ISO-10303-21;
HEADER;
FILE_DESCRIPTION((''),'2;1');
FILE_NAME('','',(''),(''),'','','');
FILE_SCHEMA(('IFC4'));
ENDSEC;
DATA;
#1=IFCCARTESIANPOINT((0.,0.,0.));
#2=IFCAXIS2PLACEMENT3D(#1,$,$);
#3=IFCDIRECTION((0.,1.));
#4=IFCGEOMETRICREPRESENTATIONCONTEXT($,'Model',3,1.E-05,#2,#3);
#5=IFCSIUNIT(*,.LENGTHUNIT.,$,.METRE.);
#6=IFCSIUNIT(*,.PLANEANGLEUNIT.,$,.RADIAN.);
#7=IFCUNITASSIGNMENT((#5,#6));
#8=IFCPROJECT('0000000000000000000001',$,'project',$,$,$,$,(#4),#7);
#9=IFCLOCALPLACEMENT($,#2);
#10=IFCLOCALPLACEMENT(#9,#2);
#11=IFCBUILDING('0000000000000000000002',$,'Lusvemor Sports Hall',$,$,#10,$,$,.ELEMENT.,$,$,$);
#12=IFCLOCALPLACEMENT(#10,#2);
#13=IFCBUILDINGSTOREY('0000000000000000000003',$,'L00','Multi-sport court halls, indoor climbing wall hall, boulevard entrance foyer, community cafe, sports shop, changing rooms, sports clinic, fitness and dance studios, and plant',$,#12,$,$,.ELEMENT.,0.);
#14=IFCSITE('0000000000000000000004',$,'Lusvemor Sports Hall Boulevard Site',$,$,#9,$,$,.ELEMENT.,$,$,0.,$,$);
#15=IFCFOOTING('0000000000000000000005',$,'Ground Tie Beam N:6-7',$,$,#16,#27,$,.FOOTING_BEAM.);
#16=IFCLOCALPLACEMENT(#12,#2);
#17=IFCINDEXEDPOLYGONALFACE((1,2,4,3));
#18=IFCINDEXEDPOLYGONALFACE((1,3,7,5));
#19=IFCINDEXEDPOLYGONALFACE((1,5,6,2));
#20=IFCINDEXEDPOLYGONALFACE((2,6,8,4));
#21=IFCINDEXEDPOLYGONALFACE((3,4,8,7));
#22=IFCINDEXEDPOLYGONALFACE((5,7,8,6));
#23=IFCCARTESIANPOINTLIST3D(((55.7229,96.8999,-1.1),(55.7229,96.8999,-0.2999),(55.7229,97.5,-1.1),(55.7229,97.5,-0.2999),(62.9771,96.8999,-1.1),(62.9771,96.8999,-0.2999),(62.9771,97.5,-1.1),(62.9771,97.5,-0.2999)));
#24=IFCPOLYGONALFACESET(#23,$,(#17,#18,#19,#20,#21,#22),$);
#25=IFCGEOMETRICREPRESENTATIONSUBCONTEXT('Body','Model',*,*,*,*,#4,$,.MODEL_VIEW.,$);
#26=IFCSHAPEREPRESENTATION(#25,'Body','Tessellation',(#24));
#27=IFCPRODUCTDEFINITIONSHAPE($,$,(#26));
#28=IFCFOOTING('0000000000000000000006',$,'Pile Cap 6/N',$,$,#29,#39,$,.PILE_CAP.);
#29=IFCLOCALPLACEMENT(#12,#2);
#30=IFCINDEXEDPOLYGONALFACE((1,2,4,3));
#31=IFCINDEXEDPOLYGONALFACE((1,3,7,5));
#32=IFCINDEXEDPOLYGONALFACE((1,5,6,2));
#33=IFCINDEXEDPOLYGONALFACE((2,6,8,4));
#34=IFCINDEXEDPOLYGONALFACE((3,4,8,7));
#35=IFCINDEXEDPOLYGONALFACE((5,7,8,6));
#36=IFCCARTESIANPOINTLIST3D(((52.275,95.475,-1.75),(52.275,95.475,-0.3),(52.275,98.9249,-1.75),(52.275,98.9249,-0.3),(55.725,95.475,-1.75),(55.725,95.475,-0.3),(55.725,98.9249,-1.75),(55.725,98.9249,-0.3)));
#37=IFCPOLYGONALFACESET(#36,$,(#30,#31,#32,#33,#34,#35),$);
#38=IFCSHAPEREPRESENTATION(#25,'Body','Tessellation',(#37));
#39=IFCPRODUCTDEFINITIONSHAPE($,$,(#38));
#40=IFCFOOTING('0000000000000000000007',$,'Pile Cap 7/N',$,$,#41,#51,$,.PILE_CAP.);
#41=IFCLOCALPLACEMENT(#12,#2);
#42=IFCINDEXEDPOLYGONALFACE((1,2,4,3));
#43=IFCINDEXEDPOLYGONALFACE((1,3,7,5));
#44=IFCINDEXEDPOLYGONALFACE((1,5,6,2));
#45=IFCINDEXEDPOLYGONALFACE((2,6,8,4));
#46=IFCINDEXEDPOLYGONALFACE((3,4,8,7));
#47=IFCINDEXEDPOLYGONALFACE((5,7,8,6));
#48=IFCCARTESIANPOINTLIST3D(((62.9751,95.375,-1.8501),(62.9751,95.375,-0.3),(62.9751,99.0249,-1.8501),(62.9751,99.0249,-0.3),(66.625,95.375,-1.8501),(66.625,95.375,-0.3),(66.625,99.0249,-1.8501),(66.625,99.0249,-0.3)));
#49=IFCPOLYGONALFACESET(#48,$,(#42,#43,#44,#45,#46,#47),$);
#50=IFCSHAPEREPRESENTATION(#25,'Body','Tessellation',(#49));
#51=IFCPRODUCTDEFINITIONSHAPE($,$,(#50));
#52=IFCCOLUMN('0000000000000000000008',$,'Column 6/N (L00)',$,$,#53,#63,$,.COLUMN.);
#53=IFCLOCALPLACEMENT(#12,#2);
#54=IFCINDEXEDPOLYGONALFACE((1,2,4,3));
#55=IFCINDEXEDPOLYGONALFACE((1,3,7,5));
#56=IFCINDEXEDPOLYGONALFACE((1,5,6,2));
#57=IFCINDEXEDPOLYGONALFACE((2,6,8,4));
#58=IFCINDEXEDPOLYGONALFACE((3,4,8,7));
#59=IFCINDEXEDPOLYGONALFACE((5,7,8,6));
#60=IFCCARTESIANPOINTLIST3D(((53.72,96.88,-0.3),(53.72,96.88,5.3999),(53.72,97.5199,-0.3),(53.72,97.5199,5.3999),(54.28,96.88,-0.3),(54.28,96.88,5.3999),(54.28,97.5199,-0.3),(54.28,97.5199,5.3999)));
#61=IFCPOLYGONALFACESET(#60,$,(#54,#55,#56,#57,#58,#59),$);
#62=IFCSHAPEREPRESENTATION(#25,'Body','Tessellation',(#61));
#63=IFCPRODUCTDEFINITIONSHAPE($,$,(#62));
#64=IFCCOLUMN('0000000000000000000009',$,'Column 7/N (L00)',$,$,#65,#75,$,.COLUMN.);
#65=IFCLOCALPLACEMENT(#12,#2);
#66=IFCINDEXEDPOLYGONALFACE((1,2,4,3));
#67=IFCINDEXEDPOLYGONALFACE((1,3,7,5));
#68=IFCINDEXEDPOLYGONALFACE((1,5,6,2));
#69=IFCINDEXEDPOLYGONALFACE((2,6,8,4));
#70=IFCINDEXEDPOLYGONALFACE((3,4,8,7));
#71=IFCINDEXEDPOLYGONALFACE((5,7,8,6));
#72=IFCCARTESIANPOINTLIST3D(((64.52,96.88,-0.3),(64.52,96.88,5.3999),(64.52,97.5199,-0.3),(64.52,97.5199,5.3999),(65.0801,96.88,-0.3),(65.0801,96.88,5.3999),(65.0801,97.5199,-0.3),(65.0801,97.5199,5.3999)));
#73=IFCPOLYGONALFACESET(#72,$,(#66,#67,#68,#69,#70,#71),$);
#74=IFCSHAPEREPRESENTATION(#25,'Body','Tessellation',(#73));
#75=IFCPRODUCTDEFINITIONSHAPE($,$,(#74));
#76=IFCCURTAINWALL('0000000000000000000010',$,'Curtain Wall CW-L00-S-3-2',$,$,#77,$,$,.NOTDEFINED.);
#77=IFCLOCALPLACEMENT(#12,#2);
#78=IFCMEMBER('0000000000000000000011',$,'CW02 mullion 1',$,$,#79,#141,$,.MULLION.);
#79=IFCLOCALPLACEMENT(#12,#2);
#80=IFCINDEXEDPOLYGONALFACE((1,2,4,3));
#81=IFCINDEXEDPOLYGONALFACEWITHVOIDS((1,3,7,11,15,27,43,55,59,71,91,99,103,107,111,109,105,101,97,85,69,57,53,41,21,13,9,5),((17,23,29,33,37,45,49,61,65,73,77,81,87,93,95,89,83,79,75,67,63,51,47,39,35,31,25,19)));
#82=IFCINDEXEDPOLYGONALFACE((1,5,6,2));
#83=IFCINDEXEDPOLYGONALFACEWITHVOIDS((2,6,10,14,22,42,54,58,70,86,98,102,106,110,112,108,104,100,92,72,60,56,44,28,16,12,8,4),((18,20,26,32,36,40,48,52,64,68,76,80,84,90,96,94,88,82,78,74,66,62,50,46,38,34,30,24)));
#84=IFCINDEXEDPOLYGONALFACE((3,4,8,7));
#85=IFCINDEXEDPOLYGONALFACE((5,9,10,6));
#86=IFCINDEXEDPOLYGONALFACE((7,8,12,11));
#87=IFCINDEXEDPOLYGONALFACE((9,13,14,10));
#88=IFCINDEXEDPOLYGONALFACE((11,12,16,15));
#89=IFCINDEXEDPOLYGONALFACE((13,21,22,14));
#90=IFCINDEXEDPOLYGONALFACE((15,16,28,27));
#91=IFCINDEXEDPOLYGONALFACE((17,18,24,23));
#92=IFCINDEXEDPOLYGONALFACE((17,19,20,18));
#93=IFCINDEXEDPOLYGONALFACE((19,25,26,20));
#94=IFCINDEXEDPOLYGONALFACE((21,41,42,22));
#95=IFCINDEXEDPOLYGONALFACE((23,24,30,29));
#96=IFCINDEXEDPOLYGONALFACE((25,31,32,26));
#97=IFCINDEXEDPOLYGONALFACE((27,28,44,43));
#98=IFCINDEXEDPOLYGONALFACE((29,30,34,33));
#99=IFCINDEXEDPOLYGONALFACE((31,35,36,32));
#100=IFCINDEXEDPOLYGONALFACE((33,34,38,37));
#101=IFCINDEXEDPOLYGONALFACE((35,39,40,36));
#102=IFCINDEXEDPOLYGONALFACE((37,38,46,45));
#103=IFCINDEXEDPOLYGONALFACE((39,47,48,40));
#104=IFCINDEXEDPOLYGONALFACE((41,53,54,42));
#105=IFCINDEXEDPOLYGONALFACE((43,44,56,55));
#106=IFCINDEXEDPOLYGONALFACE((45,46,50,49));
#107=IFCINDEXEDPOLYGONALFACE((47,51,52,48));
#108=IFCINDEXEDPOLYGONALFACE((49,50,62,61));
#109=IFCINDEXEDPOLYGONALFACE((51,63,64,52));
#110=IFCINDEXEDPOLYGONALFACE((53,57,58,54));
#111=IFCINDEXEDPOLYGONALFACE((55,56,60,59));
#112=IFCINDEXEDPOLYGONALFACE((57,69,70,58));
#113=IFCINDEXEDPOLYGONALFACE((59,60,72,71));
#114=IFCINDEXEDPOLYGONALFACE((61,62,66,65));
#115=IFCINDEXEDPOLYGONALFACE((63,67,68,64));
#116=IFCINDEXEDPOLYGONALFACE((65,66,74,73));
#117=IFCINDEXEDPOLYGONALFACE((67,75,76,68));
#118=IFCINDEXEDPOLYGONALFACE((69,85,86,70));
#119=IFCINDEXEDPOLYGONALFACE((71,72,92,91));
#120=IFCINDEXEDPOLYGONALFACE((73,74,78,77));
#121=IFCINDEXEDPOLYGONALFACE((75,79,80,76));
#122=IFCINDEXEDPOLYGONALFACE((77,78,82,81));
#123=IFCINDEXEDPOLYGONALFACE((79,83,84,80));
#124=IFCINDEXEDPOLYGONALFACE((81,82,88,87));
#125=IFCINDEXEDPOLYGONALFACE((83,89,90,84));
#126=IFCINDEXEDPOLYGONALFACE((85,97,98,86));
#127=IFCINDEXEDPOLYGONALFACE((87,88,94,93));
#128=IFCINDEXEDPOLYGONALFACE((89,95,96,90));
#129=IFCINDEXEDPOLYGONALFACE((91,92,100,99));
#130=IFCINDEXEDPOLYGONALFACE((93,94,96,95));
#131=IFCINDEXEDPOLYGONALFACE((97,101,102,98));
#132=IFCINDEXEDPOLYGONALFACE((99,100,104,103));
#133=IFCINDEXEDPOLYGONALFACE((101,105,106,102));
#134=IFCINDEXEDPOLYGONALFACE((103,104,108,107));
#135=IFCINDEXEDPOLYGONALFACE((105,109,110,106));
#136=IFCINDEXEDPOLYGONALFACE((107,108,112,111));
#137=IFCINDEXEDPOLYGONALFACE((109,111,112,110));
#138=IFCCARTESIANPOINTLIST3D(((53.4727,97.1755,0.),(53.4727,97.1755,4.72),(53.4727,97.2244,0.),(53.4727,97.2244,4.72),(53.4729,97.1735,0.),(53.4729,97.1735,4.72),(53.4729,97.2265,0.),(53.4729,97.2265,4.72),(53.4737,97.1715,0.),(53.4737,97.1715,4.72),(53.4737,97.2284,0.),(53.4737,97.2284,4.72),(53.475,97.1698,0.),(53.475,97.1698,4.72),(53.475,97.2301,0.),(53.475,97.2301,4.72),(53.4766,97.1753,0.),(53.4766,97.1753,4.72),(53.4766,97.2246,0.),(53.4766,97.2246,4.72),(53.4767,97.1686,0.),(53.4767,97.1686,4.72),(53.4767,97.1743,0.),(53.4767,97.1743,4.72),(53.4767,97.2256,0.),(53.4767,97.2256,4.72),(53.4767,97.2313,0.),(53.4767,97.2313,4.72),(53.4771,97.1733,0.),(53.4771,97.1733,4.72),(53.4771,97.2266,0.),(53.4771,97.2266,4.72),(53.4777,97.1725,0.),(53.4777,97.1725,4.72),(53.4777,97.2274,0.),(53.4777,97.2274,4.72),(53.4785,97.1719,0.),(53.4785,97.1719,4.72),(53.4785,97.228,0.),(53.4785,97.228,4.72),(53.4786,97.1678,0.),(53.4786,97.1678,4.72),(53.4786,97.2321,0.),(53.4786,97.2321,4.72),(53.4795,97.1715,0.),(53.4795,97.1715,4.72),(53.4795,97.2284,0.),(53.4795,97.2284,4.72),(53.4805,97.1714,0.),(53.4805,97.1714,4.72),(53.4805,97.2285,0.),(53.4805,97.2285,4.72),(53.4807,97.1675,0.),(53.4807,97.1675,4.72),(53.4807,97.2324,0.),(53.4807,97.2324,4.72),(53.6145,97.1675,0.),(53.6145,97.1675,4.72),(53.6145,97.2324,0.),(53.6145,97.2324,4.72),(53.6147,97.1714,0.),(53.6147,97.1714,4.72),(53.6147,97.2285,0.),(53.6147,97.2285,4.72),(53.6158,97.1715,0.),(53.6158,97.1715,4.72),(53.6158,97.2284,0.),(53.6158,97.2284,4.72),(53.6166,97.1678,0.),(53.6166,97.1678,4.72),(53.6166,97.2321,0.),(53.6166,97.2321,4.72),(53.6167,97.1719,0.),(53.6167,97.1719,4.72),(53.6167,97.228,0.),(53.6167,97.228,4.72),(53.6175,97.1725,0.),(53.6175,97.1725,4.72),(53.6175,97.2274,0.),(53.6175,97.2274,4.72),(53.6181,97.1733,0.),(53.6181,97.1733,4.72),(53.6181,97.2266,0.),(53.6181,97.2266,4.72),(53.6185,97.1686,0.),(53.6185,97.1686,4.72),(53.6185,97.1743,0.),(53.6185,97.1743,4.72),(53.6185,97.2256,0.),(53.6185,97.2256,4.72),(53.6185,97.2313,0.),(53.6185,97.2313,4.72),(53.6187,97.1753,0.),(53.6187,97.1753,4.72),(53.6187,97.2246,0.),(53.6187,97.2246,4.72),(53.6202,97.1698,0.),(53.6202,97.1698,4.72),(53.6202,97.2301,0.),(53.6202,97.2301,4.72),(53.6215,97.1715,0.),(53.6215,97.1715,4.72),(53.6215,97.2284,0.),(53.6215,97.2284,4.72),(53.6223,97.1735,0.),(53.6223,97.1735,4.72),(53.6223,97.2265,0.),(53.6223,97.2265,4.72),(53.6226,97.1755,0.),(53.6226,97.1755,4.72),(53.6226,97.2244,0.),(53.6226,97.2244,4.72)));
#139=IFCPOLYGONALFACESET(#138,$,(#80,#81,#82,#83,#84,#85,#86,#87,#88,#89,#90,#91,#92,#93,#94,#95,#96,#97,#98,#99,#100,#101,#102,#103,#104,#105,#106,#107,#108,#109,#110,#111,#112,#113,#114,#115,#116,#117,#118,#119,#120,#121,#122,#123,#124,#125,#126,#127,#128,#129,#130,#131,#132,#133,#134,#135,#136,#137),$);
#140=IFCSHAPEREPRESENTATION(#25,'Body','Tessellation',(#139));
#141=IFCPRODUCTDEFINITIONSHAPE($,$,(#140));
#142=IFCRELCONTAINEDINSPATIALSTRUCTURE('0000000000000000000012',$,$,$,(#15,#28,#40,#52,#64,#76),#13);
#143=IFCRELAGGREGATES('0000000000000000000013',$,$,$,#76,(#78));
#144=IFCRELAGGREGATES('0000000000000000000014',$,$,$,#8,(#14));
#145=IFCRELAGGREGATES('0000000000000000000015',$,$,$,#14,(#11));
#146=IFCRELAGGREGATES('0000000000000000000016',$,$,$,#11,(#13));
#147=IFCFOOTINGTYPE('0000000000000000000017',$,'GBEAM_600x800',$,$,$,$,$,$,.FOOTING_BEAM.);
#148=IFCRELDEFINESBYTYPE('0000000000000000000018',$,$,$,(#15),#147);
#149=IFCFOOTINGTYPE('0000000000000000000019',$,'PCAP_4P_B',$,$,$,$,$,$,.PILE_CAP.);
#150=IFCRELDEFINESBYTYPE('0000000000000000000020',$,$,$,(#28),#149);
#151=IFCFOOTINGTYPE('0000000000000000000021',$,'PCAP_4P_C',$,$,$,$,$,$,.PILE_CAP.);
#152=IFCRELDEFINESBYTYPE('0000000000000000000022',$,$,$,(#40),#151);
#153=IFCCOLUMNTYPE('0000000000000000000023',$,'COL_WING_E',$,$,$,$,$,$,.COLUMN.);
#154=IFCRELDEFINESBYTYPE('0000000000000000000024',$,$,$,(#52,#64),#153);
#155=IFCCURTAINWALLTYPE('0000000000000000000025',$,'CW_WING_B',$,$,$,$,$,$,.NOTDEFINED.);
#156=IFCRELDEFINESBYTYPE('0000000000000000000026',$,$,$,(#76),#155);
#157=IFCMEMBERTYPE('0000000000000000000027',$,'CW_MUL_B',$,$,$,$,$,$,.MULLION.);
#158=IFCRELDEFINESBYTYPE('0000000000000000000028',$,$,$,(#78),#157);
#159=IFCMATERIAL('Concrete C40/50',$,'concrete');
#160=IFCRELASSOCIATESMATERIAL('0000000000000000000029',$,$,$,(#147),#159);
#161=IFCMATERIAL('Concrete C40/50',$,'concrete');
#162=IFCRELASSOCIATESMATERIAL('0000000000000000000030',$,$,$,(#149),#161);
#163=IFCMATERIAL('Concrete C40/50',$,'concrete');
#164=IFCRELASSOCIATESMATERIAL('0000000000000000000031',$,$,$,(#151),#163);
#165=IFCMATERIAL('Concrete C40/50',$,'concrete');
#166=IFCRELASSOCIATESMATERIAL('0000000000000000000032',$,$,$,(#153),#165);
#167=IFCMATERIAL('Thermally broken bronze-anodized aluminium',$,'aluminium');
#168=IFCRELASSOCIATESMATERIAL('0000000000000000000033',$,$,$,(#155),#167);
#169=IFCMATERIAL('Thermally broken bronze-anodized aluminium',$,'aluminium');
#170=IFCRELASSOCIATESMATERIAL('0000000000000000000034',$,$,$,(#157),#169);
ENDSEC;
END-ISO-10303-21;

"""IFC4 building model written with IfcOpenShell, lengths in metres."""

from ifc_helpers import new_model, si_unit, direction, frame, origin, origin_2d, place, context, subcontext, project, spatial, rectangle, hollow_rectangle, extrude, material, material_profile, profile_set, type_object, element, aggregate, save


model = new_model("IFC4")

# Units and contexts
model_context = context("Model", 3, precision=1e-05, world=origin(), true_north=direction((0.0, 1.0)))
body_context = subcontext(model_context, "Body", "Model", "MODEL_VIEW")
ifc_project = project(units=[si_unit("LENGTHUNIT", "METRE"), si_unit("PLANEANGLEUNIT", "RADIAN")], contexts=[model_context])

# Site, building, storey
site_placement = place(None, origin())
site = spatial("IfcSite", under=ifc_project, at=site_placement, Name="Lusvemor Sports Hall Boulevard Site", CompositionType="ELEMENT", RefElevation=0.0)
building_placement = place(site_placement, origin())
building = spatial("IfcBuilding", under=site, at=building_placement, Name="Lusvemor Sports Hall", CompositionType="ELEMENT")
storey_placement = place(building_placement, origin())
storey = spatial("IfcBuildingStorey", under=building, at=storey_placement, Name="L00", Description="Multi-sport court halls, indoor climbing wall hall, boulevard entrance foyer, community cafe, sports shop, changing rooms, sports clinic, fitness and dance studios, and plant", CompositionType="ELEMENT", Elevation=0.0)

# Footings
ifc_material_1 = material(Name="Concrete C40/50", Category="concrete")
ifc_material_profile_1 = material_profile(ifc_material_1, rectangle(XDim=0.6001, YDim=0.8, at=origin_2d()), Name="GB_600x800")
ifc_profile_set_1 = profile_set([ifc_material_profile_1], Name="Concrete C40/50")
footing_type_1 = type_object("IfcFootingType", Name="GBEAM_600x800", PredefinedType="FOOTING_BEAM", material=ifc_profile_set_1)
footing_1_placement = place(storey_placement, frame((55.7229, 97.2, -0.7), z_axis=(1.0, 0.0, 0.0), x_axis=(0.0, 1.0, 0.0)))
element("IfcFooting", 1, at=footing_1_placement, inside=storey, type_object=footing_type_1, Name="Ground Tie Beam N:6-7", PredefinedType="FOOTING_BEAM", context=body_context, shape_type="SweptSolid", body=[
    extrude(rectangle(XDim=0.6001, YDim=0.8, at=origin_2d()), origin(), (0.0, 0.0, 1.0), 7.2542),
])
ifc_material_2 = material(Name="Concrete C40/50", Category="concrete")
footing_type_2 = type_object("IfcFootingType", Name="PCAP_4P_B", PredefinedType="PILE_CAP", material=ifc_material_2)
footing_2_placement = place(storey_placement, frame((54.0, 97.2, -1.75), z_axis=(0.0, 0.0, 1.0), x_axis=(1.0, 0.0, 0.0)))
element("IfcFooting", 2, at=footing_2_placement, inside=storey, type_object=footing_type_2, Name="Pile Cap 6/N", PredefinedType="PILE_CAP", context=body_context, shape_type="SweptSolid", body=[
    extrude(rectangle(XDim=3.45, YDim=3.45, at=origin_2d()), origin(), (0.0, 0.0, 1.0), 1.45),
])
ifc_material_3 = material(Name="Concrete C40/50", Category="concrete")
footing_type_3 = type_object("IfcFootingType", Name="PCAP_4P_C", PredefinedType="PILE_CAP", material=ifc_material_3)
footing_3_placement = place(storey_placement, frame((64.8, 97.2, -1.8501), z_axis=(0.0, 0.0, 1.0), x_axis=(1.0, 0.0, 0.0)))
element("IfcFooting", 3, at=footing_3_placement, inside=storey, type_object=footing_type_3, Name="Pile Cap 7/N", PredefinedType="PILE_CAP", context=body_context, shape_type="SweptSolid", body=[
    extrude(rectangle(XDim=3.6499, YDim=3.6499, at=origin_2d()), origin(), (0.0, 0.0, 1.0), 1.55),
])

# Columns
ifc_material_4 = material(Name="Concrete C40/50", Category="concrete")
ifc_material_profile_2 = material_profile(ifc_material_4, rectangle(XDim=0.5601, YDim=0.6399, at=origin_2d()), Name="RC560x640")
ifc_profile_set_2 = profile_set([ifc_material_profile_2], Name="Concrete C40/50")
column_type = type_object("IfcColumnType", Name="COL_WING_E", PredefinedType="COLUMN", material=ifc_profile_set_2)
for number, where, z_axis, x_axis, name in (
    (4, (54.0, 97.2, -0.3), (0.0, 0.0, 1.0), (1.0, 0.0, 0.0), "Column 6/N (L00)"),
    (5, (64.8, 97.2, -0.3), (0.0, 0.0, 1.0), (1.0, 0.0, 0.0), "Column 7/N (L00)"),
):
    element("IfcColumn", number, at=place(storey_placement, frame(where, z_axis=z_axis, x_axis=x_axis)), inside=storey, type_object=column_type, Name=name, PredefinedType="COLUMN", context=body_context, shape_type="SweptSolid", body=[
        extrude(rectangle(XDim=0.5601, YDim=0.6399, at=origin_2d()), origin(), (0.0, 0.0, 1.0), 5.7),
    ])

# Curtain wall, member
ifc_material_5 = material(Name="Thermally broken bronze-anodized aluminium", Category="aluminium")
curtain_wall_type = type_object("IfcCurtainWallType", Name="CW_WING_B", PredefinedType="NOTDEFINED", material=ifc_material_5)
curtain_wall_1_placement = place(storey_placement, origin())
curtain_wall_1 = element("IfcCurtainWall", 6, at=curtain_wall_1_placement, inside=storey, type_object=curtain_wall_type, Name="Curtain Wall CW-L00-S-3-2", PredefinedType="NOTDEFINED")
ifc_material_6 = material(Name="Thermally broken bronze-anodized aluminium", Category="aluminium")
ifc_material_profile_3 = material_profile(ifc_material_6, hollow_rectangle(XDim=0.0649, YDim=0.1499, WallThickness=0.0039, InnerFilletRadius=0.0039, OuterFilletRadius=0.0081, at=origin_2d()), Name="CWMUL150x65x4")
ifc_profile_set_3 = profile_set([ifc_material_profile_3], Name="Thermally broken bronze-anodized aluminium")
member_type_1 = type_object("IfcMemberType", Name="CW_MUL_B", PredefinedType="MULLION", material=ifc_profile_set_3)
member_1_placement = place(storey_placement, frame((53.5476, 97.2, 0.0), z_axis=(0.0, 0.0, 1.0), x_axis=(0.0, -1.0, 0.0)))
member_1 = element("IfcMember", 7, at=member_1_placement, type_object=member_type_1, Name="CW02 mullion 1", PredefinedType="MULLION", context=body_context, shape_type="SweptSolid", body=[
    extrude(hollow_rectangle(XDim=0.0649, YDim=0.1499, WallThickness=0.0039, InnerFilletRadius=0.0039, OuterFilletRadius=0.0081, at=origin_2d()), origin(), (0.0, 0.0, 1.0), 4.72),
])

aggregate(curtain_wall_1, [member_1])

save(model, "model.ifc")
